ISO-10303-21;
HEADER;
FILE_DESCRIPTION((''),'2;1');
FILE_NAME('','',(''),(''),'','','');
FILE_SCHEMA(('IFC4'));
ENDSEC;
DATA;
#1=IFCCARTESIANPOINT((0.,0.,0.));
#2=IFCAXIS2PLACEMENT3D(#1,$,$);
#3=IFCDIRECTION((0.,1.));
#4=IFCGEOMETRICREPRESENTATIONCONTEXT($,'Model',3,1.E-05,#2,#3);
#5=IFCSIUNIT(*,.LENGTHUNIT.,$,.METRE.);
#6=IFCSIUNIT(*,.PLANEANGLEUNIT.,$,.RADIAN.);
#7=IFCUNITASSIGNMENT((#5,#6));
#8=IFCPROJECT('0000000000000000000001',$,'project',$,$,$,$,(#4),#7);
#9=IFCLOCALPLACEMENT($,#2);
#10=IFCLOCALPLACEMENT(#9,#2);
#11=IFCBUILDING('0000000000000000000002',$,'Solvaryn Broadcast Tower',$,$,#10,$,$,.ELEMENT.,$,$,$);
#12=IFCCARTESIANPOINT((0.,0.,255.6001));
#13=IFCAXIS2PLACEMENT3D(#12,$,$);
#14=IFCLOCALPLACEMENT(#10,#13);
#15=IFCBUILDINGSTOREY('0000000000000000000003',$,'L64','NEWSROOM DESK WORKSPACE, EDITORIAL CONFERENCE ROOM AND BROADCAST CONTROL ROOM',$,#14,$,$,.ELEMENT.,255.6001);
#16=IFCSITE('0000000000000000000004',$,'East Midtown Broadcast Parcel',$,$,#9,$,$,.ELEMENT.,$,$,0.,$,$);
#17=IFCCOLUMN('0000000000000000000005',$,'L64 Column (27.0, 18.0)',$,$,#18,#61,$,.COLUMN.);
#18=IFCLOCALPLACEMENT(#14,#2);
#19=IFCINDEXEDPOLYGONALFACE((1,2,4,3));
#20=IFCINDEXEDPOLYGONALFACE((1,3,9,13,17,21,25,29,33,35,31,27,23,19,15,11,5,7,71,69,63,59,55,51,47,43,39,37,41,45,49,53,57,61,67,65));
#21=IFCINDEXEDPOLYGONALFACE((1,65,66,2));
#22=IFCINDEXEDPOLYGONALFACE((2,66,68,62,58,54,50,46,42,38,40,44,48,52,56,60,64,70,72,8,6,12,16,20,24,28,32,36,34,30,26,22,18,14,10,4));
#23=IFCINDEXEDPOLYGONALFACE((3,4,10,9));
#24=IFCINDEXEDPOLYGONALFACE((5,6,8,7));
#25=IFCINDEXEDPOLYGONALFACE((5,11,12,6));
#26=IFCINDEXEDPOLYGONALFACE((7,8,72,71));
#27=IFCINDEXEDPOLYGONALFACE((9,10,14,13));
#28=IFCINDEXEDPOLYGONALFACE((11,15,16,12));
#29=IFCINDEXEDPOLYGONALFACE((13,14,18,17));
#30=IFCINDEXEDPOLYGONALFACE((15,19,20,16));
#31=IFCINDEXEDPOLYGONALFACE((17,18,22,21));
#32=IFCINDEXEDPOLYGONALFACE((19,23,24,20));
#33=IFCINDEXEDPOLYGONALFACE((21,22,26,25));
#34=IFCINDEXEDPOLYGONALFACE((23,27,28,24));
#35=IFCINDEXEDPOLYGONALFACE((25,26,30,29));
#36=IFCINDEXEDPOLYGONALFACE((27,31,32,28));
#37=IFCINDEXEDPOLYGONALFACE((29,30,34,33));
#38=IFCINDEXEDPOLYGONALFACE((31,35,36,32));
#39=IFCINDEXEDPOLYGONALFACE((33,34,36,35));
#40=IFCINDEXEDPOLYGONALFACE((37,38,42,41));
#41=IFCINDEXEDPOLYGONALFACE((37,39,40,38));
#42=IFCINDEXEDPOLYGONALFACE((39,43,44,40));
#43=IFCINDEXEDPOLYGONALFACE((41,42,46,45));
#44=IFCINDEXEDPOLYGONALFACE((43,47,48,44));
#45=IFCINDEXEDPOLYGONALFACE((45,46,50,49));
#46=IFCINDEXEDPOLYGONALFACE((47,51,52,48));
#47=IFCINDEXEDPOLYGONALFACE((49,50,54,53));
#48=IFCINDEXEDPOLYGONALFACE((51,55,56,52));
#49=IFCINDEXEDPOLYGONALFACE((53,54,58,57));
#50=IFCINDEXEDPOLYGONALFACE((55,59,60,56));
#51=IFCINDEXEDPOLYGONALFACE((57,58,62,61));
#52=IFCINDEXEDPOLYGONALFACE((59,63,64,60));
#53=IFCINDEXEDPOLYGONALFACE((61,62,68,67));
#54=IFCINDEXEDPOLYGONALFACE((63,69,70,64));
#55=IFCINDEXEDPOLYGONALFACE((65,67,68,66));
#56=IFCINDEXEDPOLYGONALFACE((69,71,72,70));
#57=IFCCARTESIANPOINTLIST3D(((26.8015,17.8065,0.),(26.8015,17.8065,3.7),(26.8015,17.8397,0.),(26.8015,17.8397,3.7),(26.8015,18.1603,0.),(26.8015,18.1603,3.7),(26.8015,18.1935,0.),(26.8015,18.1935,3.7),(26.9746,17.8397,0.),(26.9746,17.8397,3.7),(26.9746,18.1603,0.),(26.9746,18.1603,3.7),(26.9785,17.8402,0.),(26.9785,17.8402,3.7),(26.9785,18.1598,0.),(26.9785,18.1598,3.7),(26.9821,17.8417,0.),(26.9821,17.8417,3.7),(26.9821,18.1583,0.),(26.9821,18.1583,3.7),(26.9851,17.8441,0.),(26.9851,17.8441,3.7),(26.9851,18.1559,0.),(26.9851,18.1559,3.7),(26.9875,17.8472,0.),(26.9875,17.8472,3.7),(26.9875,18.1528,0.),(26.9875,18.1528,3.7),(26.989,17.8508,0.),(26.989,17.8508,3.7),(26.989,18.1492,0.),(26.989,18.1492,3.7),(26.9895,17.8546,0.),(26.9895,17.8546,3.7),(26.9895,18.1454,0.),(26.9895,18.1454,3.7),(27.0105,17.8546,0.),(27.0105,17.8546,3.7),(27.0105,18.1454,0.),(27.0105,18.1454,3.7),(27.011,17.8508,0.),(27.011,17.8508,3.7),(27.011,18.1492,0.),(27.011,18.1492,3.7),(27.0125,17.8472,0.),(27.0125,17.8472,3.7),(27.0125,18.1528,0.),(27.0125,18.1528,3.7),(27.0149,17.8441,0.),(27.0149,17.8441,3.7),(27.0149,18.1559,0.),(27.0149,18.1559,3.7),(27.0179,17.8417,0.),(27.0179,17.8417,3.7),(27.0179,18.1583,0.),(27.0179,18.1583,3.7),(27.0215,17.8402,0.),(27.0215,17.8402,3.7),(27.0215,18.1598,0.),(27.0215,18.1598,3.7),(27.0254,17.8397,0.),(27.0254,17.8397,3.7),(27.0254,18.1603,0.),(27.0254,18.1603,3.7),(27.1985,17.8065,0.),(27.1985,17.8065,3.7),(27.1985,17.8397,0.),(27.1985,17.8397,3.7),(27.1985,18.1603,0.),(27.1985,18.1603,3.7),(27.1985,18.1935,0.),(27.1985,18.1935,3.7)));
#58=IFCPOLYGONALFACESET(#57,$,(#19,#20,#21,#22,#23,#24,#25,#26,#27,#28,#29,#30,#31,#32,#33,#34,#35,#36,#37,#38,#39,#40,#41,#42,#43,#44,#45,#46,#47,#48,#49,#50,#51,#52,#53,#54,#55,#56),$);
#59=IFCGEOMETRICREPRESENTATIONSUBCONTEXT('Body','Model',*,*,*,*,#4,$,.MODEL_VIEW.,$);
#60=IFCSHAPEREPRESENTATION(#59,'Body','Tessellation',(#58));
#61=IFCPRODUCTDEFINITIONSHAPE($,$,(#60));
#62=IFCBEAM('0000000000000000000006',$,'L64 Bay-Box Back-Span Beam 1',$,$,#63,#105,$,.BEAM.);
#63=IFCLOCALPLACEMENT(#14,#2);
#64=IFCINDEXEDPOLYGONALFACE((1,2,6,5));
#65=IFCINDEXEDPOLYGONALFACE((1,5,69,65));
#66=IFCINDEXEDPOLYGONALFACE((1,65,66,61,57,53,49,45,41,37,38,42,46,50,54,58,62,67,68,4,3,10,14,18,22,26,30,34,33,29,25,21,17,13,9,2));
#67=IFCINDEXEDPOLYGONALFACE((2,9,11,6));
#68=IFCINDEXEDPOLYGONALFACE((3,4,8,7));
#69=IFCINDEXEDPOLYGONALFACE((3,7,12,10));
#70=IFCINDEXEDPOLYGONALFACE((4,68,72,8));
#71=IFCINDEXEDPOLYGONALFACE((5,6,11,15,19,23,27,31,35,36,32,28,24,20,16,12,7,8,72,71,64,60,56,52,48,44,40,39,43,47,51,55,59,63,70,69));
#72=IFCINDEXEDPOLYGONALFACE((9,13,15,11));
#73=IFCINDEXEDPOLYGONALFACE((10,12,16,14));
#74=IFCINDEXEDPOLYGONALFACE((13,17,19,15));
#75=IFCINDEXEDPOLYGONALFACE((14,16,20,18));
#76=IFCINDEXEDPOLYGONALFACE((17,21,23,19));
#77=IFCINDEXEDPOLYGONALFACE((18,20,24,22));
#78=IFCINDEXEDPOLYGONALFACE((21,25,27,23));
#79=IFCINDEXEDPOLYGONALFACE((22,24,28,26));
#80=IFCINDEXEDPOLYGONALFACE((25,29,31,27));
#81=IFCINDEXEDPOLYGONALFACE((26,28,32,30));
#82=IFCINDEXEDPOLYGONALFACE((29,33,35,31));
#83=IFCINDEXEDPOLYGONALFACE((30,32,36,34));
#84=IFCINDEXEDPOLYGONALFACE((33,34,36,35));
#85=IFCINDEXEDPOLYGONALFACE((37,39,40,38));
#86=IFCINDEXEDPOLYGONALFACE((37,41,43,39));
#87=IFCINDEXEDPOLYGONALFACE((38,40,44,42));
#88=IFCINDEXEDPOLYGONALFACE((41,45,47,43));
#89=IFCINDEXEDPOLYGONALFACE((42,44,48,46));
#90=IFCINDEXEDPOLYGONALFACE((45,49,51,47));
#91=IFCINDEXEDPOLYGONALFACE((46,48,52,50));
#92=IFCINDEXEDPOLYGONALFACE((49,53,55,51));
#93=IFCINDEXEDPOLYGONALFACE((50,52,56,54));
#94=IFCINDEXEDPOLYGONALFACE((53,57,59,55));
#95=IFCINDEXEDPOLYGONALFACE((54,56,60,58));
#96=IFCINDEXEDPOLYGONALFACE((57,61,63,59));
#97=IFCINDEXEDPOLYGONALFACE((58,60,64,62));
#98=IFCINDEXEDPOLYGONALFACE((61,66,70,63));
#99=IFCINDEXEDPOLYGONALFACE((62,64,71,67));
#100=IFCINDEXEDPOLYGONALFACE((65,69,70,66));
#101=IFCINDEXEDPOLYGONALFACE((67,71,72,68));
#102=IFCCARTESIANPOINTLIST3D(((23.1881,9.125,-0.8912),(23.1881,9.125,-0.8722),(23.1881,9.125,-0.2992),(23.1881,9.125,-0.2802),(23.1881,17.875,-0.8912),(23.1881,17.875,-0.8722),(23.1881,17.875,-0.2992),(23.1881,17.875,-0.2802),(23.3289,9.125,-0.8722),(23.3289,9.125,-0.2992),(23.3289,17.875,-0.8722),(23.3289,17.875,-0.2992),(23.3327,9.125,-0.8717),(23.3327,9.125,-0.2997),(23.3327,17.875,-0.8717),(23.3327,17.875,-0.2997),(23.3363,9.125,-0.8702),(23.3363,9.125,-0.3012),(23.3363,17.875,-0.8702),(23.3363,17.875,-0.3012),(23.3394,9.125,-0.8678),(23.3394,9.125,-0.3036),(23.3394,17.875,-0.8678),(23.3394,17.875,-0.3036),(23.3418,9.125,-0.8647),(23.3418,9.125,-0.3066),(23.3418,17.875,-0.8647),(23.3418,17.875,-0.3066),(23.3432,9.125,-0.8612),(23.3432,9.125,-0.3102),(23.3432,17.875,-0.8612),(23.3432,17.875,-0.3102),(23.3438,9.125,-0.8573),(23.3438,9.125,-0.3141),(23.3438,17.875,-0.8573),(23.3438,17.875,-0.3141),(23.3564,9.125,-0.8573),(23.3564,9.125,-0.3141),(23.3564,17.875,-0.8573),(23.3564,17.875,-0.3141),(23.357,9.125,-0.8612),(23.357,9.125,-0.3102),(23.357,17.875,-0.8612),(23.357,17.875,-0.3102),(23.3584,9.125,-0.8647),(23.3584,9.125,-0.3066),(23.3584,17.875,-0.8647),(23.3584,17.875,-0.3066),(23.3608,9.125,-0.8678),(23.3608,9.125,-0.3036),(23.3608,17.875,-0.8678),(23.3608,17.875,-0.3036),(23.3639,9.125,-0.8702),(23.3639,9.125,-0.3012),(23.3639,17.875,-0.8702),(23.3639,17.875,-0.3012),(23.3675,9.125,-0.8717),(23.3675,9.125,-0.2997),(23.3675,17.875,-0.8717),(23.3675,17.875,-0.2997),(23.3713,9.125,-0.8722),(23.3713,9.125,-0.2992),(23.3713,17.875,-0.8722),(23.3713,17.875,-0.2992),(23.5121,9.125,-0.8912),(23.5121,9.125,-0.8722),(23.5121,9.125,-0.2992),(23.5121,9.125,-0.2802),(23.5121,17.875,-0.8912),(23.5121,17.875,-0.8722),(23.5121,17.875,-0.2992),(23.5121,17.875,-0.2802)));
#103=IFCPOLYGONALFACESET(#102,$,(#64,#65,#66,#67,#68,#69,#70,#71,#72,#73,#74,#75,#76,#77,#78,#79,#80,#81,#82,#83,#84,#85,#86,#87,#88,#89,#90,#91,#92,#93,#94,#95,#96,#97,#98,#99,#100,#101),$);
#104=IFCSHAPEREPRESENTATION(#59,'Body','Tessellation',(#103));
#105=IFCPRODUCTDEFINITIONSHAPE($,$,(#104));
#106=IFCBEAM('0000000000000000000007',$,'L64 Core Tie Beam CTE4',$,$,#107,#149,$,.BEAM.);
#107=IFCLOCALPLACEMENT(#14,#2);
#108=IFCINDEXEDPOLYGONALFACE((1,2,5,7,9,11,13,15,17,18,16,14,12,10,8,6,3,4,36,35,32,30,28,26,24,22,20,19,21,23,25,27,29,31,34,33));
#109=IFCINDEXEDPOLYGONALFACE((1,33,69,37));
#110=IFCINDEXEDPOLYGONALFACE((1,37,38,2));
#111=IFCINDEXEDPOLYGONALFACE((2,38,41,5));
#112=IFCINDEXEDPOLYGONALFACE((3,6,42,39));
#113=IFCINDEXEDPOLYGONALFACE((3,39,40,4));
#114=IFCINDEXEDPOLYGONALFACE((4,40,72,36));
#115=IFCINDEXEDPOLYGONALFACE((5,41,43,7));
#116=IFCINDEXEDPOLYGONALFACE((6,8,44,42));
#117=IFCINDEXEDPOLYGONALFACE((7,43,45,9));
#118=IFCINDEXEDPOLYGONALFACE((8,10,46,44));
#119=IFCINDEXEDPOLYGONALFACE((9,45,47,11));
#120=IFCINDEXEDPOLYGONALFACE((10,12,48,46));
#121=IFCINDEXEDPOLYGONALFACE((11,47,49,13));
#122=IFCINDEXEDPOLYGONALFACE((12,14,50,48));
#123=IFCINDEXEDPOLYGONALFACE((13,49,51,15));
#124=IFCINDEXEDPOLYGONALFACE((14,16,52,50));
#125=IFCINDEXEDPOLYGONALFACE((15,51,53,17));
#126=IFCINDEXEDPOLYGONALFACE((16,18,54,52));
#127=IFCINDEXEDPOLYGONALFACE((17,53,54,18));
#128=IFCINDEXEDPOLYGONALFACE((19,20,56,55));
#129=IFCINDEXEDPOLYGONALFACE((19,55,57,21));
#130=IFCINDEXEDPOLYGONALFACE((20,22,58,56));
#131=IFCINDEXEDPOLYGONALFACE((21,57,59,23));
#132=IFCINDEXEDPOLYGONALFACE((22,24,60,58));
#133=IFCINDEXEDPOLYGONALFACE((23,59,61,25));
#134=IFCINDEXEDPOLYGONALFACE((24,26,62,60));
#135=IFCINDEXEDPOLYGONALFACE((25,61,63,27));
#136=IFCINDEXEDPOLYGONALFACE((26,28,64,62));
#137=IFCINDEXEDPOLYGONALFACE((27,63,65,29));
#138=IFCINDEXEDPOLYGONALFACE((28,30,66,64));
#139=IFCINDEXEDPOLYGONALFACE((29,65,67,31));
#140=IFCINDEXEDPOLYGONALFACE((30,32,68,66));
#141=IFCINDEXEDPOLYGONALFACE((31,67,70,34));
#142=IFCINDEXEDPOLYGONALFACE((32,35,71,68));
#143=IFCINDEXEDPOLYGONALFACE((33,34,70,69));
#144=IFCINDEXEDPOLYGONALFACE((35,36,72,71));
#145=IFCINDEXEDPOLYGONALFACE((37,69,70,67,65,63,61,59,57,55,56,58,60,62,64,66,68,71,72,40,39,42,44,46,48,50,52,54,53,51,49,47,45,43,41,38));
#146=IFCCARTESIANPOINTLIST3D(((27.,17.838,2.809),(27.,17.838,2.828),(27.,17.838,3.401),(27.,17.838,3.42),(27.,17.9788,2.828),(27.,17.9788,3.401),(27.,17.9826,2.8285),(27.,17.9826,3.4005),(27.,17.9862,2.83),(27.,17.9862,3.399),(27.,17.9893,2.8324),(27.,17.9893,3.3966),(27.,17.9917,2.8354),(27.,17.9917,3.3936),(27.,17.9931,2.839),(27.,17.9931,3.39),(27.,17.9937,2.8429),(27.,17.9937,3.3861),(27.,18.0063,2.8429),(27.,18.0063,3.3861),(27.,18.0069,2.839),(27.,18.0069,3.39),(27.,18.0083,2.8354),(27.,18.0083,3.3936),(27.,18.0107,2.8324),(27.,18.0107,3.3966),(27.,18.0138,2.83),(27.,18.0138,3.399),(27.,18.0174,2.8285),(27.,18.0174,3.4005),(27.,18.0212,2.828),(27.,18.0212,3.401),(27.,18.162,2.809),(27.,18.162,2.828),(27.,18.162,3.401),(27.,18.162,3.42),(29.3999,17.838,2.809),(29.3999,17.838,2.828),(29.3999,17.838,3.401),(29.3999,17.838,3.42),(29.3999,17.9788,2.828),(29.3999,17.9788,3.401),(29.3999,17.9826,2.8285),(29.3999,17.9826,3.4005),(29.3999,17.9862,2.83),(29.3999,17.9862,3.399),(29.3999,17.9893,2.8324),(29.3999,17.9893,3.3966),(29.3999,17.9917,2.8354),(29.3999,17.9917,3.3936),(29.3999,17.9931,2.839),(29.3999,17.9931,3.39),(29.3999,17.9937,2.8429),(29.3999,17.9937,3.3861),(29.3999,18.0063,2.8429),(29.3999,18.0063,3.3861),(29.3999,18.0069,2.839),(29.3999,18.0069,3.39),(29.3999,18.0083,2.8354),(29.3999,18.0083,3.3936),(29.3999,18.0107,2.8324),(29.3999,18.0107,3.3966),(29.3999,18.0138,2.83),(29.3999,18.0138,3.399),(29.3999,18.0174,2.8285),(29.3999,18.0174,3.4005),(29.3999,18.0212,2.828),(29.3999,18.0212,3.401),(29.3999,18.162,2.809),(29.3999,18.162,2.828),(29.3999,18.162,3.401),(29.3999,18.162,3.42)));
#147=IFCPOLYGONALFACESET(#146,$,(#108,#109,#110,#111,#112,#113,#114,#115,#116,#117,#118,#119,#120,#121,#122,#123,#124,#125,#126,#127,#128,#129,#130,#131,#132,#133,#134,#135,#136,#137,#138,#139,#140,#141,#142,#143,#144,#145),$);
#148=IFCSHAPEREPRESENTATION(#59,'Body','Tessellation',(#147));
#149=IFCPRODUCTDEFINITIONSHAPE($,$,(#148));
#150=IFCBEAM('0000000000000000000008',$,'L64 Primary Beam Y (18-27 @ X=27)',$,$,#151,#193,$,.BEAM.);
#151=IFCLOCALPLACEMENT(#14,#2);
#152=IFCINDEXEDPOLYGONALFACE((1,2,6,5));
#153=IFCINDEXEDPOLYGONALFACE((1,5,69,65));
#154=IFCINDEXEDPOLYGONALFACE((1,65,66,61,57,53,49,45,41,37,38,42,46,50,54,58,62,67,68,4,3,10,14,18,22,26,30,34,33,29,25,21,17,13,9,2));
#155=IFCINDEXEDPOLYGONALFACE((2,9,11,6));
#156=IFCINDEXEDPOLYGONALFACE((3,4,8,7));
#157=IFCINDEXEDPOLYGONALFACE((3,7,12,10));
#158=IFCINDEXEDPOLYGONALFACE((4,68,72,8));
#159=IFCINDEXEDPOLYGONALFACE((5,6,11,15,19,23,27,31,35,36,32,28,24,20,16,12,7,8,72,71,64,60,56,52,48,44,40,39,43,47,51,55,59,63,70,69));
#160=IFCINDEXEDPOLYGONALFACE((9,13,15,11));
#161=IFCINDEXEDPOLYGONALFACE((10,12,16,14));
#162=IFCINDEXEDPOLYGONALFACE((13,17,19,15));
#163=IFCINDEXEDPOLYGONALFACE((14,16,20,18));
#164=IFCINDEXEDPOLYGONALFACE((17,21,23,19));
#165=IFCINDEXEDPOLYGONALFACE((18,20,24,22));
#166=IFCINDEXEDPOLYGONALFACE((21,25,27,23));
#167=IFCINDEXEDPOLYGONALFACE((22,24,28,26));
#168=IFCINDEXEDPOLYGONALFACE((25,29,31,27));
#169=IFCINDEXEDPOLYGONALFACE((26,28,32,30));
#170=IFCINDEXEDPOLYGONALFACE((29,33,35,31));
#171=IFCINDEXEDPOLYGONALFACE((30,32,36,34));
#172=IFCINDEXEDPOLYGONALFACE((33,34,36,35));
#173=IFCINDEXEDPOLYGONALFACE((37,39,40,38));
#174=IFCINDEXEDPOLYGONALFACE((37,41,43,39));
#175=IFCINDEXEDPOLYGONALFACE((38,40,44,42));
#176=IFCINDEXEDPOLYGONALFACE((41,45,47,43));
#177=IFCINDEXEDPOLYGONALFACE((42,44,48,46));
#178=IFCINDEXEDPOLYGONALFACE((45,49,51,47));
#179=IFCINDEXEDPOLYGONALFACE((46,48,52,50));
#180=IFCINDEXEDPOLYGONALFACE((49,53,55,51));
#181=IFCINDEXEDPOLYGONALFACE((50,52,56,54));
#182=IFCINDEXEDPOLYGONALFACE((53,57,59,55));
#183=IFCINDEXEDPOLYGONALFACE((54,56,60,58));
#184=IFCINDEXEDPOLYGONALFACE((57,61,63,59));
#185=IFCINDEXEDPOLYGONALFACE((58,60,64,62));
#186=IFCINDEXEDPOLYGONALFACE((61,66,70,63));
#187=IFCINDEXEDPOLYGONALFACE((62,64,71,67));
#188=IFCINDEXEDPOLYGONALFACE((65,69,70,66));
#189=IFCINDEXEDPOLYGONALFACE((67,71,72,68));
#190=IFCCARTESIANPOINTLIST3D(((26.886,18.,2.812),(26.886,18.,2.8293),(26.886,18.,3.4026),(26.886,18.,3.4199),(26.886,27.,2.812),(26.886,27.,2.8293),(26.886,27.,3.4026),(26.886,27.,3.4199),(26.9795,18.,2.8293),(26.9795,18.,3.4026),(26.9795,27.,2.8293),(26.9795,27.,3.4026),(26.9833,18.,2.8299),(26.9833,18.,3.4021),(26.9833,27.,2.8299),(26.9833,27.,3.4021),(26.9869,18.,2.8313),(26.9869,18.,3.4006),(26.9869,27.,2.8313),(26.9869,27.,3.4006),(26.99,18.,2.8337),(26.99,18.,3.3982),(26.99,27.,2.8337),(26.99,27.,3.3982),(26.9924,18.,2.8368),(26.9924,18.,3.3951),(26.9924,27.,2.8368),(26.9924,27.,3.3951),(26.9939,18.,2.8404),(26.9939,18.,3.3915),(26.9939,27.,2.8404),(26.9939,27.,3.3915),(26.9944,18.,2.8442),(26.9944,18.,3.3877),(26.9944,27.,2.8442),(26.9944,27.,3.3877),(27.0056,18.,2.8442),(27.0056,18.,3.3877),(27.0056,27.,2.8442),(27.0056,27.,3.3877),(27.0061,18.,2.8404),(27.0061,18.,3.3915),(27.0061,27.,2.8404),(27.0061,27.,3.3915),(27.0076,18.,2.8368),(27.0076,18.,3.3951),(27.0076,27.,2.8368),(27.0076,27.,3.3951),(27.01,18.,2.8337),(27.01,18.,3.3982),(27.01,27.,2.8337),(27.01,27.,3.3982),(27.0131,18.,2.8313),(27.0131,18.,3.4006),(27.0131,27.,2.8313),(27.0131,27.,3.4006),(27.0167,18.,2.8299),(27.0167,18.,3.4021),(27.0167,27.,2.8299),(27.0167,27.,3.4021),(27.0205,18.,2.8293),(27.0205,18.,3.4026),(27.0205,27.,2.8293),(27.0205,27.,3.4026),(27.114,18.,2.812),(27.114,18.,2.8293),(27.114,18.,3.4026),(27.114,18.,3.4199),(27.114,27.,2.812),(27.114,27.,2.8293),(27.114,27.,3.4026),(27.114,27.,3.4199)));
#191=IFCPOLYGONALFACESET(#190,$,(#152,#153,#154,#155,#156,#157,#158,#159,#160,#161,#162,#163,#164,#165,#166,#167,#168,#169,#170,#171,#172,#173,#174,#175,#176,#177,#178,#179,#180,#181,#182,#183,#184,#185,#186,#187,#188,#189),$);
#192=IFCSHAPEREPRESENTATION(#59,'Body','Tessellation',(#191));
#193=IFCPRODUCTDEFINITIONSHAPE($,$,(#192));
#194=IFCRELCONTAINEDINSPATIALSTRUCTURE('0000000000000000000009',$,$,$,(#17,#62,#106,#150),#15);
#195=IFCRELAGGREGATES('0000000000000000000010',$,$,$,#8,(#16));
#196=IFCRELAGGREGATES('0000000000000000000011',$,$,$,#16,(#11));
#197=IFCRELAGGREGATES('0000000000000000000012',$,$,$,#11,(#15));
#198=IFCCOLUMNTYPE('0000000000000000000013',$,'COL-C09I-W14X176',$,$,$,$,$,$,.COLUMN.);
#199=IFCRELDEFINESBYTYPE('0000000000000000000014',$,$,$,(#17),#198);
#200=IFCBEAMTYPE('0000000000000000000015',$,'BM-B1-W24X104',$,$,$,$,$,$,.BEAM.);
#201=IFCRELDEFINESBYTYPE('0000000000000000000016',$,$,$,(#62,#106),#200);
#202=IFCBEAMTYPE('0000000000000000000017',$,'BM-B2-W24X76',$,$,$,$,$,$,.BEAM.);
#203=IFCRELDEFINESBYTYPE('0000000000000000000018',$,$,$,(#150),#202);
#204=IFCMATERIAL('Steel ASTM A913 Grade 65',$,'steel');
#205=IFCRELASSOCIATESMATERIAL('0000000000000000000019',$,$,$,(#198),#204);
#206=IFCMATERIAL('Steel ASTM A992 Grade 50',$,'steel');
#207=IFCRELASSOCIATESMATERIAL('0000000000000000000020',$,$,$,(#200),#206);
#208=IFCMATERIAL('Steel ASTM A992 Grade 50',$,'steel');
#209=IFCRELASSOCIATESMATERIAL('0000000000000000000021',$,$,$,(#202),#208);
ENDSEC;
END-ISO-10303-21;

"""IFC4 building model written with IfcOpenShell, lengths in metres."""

from ifc_helpers import new_model, si_unit, direction, frame, origin, origin_2d, place, context, subcontext, project, spatial, i_section, extrude, material, material_profile, profile_set, type_object, element, save


model = new_model("IFC4")

# Units and contexts
model_context = context("Model", 3, precision=1e-05, world=origin(), true_north=direction((0.0, 1.0)))
body_context = subcontext(model_context, "Body", "Model", "MODEL_VIEW")
ifc_project = project(units=[si_unit("LENGTHUNIT", "METRE"), si_unit("PLANEANGLEUNIT", "RADIAN")], contexts=[model_context])

# Site, building, storey
site_placement = place(None, origin())
site = spatial("IfcSite", under=ifc_project, at=site_placement, Name="East Midtown Broadcast Parcel", CompositionType="ELEMENT", RefElevation=0.0)
building_placement = place(site_placement, origin())
building = spatial("IfcBuilding", under=site, at=building_placement, Name="Solvaryn Broadcast Tower", CompositionType="ELEMENT")
storey_placement = place(building_placement, frame((0.0, 0.0, 255.6001)))
storey = spatial("IfcBuildingStorey", under=building, at=storey_placement, Name="L64", Description="NEWSROOM DESK WORKSPACE, EDITORIAL CONFERENCE ROOM AND BROADCAST CONTROL ROOM", CompositionType="ELEMENT", Elevation=255.6001)

# Column
ifc_material_1 = material(Name="Steel ASTM A913 Grade 65", Category="steel")
ifc_material_profile_1 = material_profile(ifc_material_1, i_section(OverallWidth=0.397, OverallDepth=0.387, WebThickness=0.021, FlangeThickness=0.0332, FilletRadius=0.0149, at=origin_2d()))
ifc_profile_set_1 = profile_set([ifc_material_profile_1], Name="Steel ASTM A913 Grade 65")
column_type = type_object("IfcColumnType", Name="COL-C09I-W14X176", PredefinedType="COLUMN", material=ifc_profile_set_1)
column_placement = place(storey_placement, frame((27.0, 18.0, 0.0), z_axis=(0.0, 0.0, 1.0), x_axis=(1.0, 0.0, 0.0)))
element("IfcColumn", 1, at=column_placement, inside=storey, type_object=column_type, Name="L64 Column (27.0, 18.0)", PredefinedType="COLUMN", context=body_context, shape_type="SweptSolid", body=[
    extrude(i_section(OverallWidth=0.397, OverallDepth=0.387, WebThickness=0.021, FlangeThickness=0.0332, FilletRadius=0.0149, at=origin_2d()), origin(), (0.0, 0.0, 1.0), 3.7),
])

# Beams
ifc_material_2 = material(Name="Steel ASTM A992 Grade 50", Category="steel")
ifc_material_profile_2 = material_profile(ifc_material_2, i_section(OverallWidth=0.324, OverallDepth=0.6111, WebThickness=0.0127, FlangeThickness=0.019, FilletRadius=0.0149, at=origin_2d()))
ifc_profile_set_2 = profile_set([ifc_material_profile_2], Name="Steel ASTM A992 Grade 50")
beam_type_1 = type_object("IfcBeamType", Name="BM-B1-W24X104", PredefinedType="BEAM", material=ifc_profile_set_2)
beam_1_placement = place(storey_placement, frame((23.3501, 17.875, -0.5857), z_axis=(0.0, -1.0, 0.0), x_axis=(1.0, 0.0, 0.0)))
element("IfcBeam", 2, at=beam_1_placement, inside=storey, type_object=beam_type_1, Name="L64 Bay-Box Back-Span Beam 1", PredefinedType="BEAM", context=body_context, shape_type="SweptSolid", body=[
    extrude(i_section(OverallWidth=0.324, OverallDepth=0.6111, WebThickness=0.0127, FlangeThickness=0.019, FilletRadius=0.0149, at=origin_2d()), origin(), (0.0, 0.0, 1.0), 8.75),
])
beam_2_placement = place(storey_placement, frame((27.0, 18.0, 3.1145), z_axis=(1.0, 0.0, 0.0), x_axis=(0.0, 1.0, 0.0)))
element("IfcBeam", 3, at=beam_2_placement, inside=storey, type_object=beam_type_1, Name="L64 Core Tie Beam CTE4", PredefinedType="BEAM", context=body_context, shape_type="SweptSolid", body=[
    extrude(i_section(OverallWidth=0.324, OverallDepth=0.6111, WebThickness=0.0127, FlangeThickness=0.019, FilletRadius=0.0149, at=origin_2d()), origin(), (0.0, 0.0, 1.0), 2.3999),
])
ifc_material_3 = material(Name="Steel ASTM A992 Grade 50", Category="steel")
ifc_material_profile_3 = material_profile(ifc_material_3, i_section(OverallWidth=0.228, OverallDepth=0.6079, WebThickness=0.0112, FlangeThickness=0.0173, FilletRadius=0.0149, at=origin_2d()))
ifc_profile_set_3 = profile_set([ifc_material_profile_3], Name="Steel ASTM A992 Grade 50")
beam_type_2 = type_object("IfcBeamType", Name="BM-B2-W24X76", PredefinedType="BEAM", material=ifc_profile_set_3)
beam_3_placement = place(storey_placement, frame((27.0, 18.0, 3.116), z_axis=(0.0, 1.0, 0.0), x_axis=(-1.0, 0.0, 0.0)))
element("IfcBeam", 4, at=beam_3_placement, inside=storey, type_object=beam_type_2, Name="L64 Primary Beam Y (18-27 @ X=27)", PredefinedType="BEAM", context=body_context, shape_type="SweptSolid", body=[
    extrude(i_section(OverallWidth=0.228, OverallDepth=0.6079, WebThickness=0.0112, FlangeThickness=0.0173, FilletRadius=0.0149, at=origin_2d()), origin(), (0.0, 0.0, 1.0), 9.0),
])

save(model, "model.ifc")
